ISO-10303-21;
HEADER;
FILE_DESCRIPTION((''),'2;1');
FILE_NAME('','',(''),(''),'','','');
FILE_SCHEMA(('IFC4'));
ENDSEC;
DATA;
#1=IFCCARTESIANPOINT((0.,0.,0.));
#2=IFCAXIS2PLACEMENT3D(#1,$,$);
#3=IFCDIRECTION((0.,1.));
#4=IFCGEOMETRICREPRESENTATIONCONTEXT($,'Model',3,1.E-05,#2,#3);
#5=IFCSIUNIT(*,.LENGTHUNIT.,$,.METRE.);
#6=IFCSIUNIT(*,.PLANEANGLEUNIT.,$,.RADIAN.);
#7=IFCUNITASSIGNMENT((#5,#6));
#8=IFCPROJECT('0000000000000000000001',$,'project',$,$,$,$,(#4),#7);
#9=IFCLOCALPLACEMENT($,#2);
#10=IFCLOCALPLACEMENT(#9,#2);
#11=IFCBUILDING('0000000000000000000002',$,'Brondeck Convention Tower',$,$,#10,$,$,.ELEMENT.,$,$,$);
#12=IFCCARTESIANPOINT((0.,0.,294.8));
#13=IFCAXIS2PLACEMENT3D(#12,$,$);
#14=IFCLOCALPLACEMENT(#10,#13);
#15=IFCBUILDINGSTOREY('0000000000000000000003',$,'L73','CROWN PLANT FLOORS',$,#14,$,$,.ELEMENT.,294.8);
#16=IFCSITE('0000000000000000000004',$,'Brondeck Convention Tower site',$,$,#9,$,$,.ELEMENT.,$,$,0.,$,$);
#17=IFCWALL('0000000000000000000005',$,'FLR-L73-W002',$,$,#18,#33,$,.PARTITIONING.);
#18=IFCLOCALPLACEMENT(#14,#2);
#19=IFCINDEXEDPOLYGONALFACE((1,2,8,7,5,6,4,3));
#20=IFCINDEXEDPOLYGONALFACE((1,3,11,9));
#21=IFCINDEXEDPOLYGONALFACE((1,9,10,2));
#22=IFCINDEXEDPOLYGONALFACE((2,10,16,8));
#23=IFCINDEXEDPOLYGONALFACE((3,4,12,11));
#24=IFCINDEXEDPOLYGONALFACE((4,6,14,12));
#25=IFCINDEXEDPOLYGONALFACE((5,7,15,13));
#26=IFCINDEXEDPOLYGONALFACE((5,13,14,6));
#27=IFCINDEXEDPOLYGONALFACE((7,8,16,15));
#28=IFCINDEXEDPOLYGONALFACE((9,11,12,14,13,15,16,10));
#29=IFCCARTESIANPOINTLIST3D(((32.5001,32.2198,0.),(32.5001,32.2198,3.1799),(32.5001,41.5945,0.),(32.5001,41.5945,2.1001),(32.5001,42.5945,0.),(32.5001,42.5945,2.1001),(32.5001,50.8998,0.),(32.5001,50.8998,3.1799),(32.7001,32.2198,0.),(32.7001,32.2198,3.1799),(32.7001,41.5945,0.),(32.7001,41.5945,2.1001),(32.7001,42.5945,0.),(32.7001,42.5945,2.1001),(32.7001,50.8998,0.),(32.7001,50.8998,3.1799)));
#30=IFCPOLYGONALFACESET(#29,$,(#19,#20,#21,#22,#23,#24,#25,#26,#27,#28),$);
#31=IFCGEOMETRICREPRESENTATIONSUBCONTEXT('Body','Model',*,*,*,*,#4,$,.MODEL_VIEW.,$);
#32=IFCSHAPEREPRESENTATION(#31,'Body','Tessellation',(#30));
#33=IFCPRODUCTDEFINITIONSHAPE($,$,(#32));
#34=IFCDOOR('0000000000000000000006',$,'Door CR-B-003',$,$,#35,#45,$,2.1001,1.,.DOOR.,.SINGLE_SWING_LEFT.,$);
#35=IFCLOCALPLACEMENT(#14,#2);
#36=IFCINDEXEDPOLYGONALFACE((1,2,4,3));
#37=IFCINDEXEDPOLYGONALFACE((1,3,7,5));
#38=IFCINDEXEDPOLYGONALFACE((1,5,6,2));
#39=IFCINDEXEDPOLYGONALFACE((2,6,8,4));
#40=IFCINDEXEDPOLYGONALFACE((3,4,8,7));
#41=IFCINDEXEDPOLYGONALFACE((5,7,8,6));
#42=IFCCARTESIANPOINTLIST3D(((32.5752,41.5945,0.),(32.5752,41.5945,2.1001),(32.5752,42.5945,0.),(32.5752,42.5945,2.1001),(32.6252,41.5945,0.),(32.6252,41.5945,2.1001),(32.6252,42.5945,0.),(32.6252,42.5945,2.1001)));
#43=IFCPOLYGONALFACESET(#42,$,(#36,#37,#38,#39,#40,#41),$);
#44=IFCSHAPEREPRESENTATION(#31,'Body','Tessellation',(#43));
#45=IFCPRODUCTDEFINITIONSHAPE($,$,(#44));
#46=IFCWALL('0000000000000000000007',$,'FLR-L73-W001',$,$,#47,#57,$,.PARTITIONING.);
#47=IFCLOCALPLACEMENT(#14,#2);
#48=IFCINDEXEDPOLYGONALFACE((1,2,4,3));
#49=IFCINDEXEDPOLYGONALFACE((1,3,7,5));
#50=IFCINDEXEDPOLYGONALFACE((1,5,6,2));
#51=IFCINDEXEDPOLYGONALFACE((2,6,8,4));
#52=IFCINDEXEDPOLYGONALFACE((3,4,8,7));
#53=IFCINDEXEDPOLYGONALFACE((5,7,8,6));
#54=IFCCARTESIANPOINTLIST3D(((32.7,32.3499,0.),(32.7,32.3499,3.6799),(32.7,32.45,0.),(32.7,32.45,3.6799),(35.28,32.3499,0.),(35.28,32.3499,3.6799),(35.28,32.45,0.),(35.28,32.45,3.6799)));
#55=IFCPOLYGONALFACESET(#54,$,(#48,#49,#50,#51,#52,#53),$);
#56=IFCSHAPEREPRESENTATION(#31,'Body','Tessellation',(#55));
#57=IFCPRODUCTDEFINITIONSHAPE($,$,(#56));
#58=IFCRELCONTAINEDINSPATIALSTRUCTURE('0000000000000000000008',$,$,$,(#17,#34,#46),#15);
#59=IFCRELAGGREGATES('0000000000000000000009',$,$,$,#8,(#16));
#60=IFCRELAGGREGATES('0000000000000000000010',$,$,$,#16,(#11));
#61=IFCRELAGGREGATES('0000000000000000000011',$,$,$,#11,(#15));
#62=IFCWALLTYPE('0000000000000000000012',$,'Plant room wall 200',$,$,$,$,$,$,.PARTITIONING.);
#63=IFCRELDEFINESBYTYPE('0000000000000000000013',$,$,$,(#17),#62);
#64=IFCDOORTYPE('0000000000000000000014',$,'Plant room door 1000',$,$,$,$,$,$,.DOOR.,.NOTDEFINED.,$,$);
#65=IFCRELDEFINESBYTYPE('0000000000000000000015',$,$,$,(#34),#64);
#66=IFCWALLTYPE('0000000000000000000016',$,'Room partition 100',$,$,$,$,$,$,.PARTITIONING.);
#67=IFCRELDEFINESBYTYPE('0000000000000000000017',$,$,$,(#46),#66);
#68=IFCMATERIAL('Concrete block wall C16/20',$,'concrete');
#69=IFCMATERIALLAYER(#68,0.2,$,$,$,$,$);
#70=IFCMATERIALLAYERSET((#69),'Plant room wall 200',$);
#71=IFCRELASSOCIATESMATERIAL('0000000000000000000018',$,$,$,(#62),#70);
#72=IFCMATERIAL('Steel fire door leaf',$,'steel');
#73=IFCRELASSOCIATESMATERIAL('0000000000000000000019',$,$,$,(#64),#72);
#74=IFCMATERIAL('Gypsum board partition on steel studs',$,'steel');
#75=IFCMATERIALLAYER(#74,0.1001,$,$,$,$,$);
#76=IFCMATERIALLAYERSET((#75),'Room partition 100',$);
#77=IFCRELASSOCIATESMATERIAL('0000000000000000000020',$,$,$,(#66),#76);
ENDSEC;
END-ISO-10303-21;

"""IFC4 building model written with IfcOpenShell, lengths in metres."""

from ifc_helpers import new_model, si_unit, direction, frame, frame_2d, origin, place, context, subcontext, project, spatial, rectangle, extrude, material, layer, layer_set, type_object, element, fill, save


model = new_model("IFC4")

# Units and contexts
model_context = context("Model", 3, precision=1e-05, world=origin(), true_north=direction((0.0, 1.0)))
body_context = subcontext(model_context, "Body", "Model", "MODEL_VIEW")
ifc_project = project(units=[si_unit("LENGTHUNIT", "METRE"), si_unit("PLANEANGLEUNIT", "RADIAN")], contexts=[model_context])

# Site, building, storey
site_placement = place(None, origin())
site = spatial("IfcSite", under=ifc_project, at=site_placement, Name="Brondeck Convention Tower site", CompositionType="ELEMENT", RefElevation=0.0)
building_placement = place(site_placement, origin())
building = spatial("IfcBuilding", under=site, at=building_placement, Name="Brondeck Convention Tower", CompositionType="ELEMENT")
storey_placement = place(building_placement, frame((0.0, 0.0, 294.8)))
storey = spatial("IfcBuildingStorey", under=building, at=storey_placement, Name="L73", Description="CROWN PLANT FLOORS", CompositionType="ELEMENT", Elevation=294.8)

# Wall, opening, door
ifc_material_1 = material(Name="Concrete block wall C16/20", Category="concrete")
ifc_layer_1 = layer(ifc_material_1, 0.2)
ifc_layer_set_1 = layer_set([ifc_layer_1], Name="Plant room wall 200")
wall_type_1 = type_object("IfcWallType", Name="Plant room wall 200", PredefinedType="PARTITIONING", material=ifc_layer_set_1)
wall_1_placement = place(storey_placement, frame((32.6001, 32.22, 0.0), z_axis=(0.0, 0.0, 1.0), x_axis=(0.0, 1.0, 0.0)))
wall_1 = element("IfcWall", 1, at=wall_1_placement, inside=storey, type_object=wall_type_1, Name="FLR-L73-W002", PredefinedType="PARTITIONING", context=body_context, shape_type="SweptSolid", body=[
    extrude(rectangle(XDim=18.6799, YDim=0.2, at=frame_2d((9.3398, 0.0))), origin(), (0.0, 0.0, 1.0), 3.1799),
])
opening_1_placement = place(wall_1_placement, frame((9.3745, 0.0, 0.0)))
opening_1 = element("IfcOpeningElement", 2, at=opening_1_placement, cuts=wall_1, PredefinedType="OPENING", context=body_context, shape_type="SweptSolid", body=[
    extrude(rectangle(XDim=1.0, YDim=2.1001, at=frame_2d((0.5, 1.05))), frame((0.0, 0.1099, 0.0), z_axis=(0.0, -1.0, 0.0), x_axis=(1.0, 0.0, 0.0)), (0.0, 0.0, 1.0), 0.22),
])
ifc_material_2 = material(Name="Steel fire door leaf", Category="steel")
door_type = type_object("IfcDoorType", Name="Plant room door 1000", OperationType="NOTDEFINED", PredefinedType="DOOR", material=ifc_material_2)
door_placement = place(opening_1_placement, origin())
door = element("IfcDoor", 3, at=door_placement, inside=storey, type_object=door_type, Name="Door CR-B-003", OperationType="SINGLE_SWING_LEFT", OverallHeight=2.1001, OverallWidth=1.0, PredefinedType="DOOR", context=body_context, shape_type="SweptSolid", body=[
    extrude(rectangle(XDim=1.0, YDim=2.1001, at=frame_2d((0.5, 1.05))), frame((0.0, 0.0249, 0.0), z_axis=(0.0, -1.0, 0.0), x_axis=(1.0, 0.0, 0.0)), (0.0, 0.0, 1.0), 0.05),
])
fill(opening_1, door)

# Wall
ifc_material_3 = material(Name="Gypsum board partition on steel studs", Category="steel")
ifc_layer_2 = layer(ifc_material_3, 0.1001)
ifc_layer_set_2 = layer_set([ifc_layer_2], Name="Room partition 100")
wall_type_2 = type_object("IfcWallType", Name="Room partition 100", PredefinedType="PARTITIONING", material=ifc_layer_set_2)
wall_2_placement = place(storey_placement, frame((35.28, 32.3999, 0.0), z_axis=(0.0, 0.0, 1.0), x_axis=(-1.0, 0.0, 0.0)))
element("IfcWall", 4, at=wall_2_placement, inside=storey, type_object=wall_type_2, Name="FLR-L73-W001", PredefinedType="PARTITIONING", context=body_context, shape_type="SweptSolid", body=[
    extrude(rectangle(XDim=2.5801, YDim=0.1001, at=frame_2d((1.29, 0.0))), origin(), (0.0, 0.0, 1.0), 3.6799),
])

save(model, "model.ifc")
